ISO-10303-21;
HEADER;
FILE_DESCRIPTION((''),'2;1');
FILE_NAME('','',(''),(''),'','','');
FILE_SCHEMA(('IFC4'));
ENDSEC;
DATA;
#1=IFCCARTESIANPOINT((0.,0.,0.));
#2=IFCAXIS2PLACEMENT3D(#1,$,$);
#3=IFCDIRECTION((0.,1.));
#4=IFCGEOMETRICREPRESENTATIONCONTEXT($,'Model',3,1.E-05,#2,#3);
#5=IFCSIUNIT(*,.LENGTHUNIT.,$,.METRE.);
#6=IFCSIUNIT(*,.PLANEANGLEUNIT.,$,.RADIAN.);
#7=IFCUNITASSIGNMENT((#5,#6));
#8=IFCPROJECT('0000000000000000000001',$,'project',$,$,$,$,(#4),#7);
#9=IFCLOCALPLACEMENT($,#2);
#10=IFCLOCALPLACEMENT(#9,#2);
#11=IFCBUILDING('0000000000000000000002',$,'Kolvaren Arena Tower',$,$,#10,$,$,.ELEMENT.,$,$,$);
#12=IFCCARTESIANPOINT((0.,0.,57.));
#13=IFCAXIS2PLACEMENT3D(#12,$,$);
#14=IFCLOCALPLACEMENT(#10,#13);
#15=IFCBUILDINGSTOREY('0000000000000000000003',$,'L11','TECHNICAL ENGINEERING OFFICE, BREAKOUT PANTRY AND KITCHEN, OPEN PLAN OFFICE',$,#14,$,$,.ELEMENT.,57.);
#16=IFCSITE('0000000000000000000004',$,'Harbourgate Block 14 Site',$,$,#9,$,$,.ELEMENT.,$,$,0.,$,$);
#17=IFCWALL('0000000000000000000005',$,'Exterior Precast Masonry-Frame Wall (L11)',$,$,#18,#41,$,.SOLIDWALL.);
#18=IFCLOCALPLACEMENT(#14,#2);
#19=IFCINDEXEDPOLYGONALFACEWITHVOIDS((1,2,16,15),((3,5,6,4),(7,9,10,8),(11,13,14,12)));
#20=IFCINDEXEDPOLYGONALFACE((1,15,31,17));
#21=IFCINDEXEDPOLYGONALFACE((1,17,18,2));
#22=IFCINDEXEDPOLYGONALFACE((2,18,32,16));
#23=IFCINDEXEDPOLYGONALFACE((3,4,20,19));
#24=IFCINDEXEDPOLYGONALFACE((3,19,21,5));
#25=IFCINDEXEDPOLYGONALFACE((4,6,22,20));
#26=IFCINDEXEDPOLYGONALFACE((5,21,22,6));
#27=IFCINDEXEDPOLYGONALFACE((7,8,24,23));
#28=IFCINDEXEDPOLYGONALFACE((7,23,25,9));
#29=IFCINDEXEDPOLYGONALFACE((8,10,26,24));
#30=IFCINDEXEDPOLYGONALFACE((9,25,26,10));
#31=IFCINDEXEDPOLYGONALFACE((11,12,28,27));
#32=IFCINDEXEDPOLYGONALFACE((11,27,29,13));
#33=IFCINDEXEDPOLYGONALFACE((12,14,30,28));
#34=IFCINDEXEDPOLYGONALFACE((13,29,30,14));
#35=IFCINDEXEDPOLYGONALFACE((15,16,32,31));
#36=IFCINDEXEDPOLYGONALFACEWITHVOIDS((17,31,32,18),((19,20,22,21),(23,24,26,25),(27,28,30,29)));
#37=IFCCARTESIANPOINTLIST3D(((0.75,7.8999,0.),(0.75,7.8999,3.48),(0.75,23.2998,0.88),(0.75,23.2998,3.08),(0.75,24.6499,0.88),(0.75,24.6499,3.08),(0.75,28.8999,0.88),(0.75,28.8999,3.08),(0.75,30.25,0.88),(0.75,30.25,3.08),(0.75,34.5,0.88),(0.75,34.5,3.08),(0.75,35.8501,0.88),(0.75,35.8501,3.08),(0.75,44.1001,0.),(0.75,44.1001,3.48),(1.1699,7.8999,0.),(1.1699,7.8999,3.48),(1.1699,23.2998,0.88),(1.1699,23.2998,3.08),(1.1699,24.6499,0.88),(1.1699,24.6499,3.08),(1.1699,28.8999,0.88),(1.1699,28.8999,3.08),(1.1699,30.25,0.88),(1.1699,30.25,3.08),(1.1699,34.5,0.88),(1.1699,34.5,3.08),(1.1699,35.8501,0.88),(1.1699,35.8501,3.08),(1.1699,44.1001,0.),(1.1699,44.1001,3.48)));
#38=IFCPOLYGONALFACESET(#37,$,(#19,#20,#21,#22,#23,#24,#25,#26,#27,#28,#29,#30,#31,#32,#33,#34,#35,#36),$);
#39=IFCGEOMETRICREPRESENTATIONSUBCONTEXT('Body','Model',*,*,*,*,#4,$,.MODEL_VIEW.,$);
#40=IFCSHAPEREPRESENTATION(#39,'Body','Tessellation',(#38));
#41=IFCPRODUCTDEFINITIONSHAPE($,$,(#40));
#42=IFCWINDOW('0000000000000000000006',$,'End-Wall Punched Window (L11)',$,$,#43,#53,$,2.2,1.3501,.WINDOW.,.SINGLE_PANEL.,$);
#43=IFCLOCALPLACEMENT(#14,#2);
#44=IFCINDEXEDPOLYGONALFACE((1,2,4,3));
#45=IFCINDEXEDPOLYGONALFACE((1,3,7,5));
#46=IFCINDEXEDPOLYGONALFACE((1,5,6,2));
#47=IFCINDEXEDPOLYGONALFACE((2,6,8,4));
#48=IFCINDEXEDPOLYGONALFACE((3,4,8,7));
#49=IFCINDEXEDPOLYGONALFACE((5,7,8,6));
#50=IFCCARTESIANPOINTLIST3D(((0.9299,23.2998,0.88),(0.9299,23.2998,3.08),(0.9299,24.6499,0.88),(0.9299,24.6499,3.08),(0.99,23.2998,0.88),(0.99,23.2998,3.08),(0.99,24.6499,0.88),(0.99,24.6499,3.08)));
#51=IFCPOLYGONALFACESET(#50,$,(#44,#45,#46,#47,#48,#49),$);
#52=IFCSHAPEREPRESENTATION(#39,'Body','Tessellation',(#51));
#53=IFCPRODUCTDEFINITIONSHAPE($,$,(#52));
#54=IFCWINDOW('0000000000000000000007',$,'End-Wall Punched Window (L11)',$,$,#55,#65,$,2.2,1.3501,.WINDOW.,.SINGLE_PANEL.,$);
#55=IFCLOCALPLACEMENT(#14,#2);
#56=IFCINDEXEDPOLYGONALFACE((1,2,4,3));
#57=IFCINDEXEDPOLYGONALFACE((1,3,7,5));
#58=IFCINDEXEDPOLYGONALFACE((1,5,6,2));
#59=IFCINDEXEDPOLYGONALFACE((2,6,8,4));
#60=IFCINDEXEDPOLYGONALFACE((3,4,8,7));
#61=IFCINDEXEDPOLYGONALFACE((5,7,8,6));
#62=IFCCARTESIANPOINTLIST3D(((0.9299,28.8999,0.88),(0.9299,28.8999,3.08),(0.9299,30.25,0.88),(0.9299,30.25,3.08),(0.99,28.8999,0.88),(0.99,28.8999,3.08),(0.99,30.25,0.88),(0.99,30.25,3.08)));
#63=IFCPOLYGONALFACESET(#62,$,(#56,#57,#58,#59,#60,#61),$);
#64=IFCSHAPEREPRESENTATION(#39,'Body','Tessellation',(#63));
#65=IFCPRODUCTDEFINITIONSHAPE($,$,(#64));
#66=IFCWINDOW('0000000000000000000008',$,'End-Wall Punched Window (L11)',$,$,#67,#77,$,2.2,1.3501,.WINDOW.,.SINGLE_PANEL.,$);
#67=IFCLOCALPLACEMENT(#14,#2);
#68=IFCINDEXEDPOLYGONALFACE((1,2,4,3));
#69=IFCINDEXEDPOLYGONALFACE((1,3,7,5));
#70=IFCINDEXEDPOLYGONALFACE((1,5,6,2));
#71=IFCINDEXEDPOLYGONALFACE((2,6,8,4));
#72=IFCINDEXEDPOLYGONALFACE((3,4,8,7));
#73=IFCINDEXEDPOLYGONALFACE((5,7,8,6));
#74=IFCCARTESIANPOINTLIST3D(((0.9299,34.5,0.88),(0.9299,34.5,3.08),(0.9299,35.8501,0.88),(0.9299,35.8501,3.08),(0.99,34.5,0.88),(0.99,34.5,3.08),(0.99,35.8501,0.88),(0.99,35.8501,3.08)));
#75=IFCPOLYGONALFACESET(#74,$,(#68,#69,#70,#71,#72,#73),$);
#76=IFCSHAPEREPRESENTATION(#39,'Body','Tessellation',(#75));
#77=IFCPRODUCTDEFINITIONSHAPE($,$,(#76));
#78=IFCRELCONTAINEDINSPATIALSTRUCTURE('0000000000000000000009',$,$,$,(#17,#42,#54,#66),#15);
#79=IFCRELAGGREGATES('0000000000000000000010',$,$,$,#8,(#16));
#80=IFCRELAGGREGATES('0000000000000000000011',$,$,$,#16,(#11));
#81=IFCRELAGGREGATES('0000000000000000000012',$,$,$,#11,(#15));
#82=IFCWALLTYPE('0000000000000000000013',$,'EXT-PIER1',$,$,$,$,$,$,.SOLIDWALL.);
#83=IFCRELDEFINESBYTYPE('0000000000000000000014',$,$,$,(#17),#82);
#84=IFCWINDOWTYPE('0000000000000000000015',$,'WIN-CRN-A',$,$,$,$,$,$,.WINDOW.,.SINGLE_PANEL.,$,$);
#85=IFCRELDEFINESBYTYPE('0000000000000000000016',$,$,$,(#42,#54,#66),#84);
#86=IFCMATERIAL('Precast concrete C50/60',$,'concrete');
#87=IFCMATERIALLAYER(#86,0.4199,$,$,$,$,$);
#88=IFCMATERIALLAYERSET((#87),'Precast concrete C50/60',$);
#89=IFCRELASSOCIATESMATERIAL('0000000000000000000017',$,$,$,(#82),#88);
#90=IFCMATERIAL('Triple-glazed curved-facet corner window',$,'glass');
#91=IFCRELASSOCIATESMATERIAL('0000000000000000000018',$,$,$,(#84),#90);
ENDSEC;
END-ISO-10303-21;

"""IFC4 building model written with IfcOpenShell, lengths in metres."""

from ifc_helpers import new_model, si_unit, direction, frame, frame_2d, origin, place, context, subcontext, project, spatial, rectangle, extrude, material, layer, layer_set, type_object, element, fill, save


model = new_model("IFC4")

# Units and contexts
model_context = context("Model", 3, precision=1e-05, world=origin(), true_north=direction((0.0, 1.0)))
body_context = subcontext(model_context, "Body", "Model", "MODEL_VIEW")
ifc_project = project(units=[si_unit("LENGTHUNIT", "METRE"), si_unit("PLANEANGLEUNIT", "RADIAN")], contexts=[model_context])

# Site, building, storey
site_placement = place(None, origin())
site = spatial("IfcSite", under=ifc_project, at=site_placement, Name="Harbourgate Block 14 Site", CompositionType="ELEMENT", RefElevation=0.0)
building_placement = place(site_placement, origin())
building = spatial("IfcBuilding", under=site, at=building_placement, Name="Kolvaren Arena Tower", CompositionType="ELEMENT")
storey_placement = place(building_placement, frame((0.0, 0.0, 57.0)))
storey = spatial("IfcBuildingStorey", under=building, at=storey_placement, Name="L11", Description="TECHNICAL ENGINEERING OFFICE, BREAKOUT PANTRY AND KITCHEN, OPEN PLAN OFFICE", CompositionType="ELEMENT", Elevation=57.0)

# Wall, openings, windows
ifc_material_1 = material(Name="Precast concrete C50/60", Category="concrete")
ifc_layer_1 = layer(ifc_material_1, 0.4199)
ifc_layer_set_1 = layer_set([ifc_layer_1], Name="Precast concrete C50/60")
wall_type_1 = type_object("IfcWallType", Name="EXT-PIER1", PredefinedType="SOLIDWALL", material=ifc_layer_set_1)
wall_1_placement = place(storey_placement, frame((0.96, 7.8999, 0.0), z_axis=(0.0, 0.0, 1.0), x_axis=(0.0, 1.0, 0.0)))
wall_1 = element("IfcWall", 1, at=wall_1_placement, inside=storey, type_object=wall_type_1, Name="Exterior Precast Masonry-Frame Wall (L11)", PredefinedType="SOLIDWALL", context=body_context, shape_type="SweptSolid", body=[
    extrude(rectangle(XDim=36.2002, YDim=0.4199, at=frame_2d((18.1001, 0.0))), origin(), (0.0, 0.0, 1.0), 3.48),
])
opening_1_placement = place(wall_1_placement, frame((15.3999, 0.0, 0.8799)))
opening_1 = element("IfcOpeningElement", 2, at=opening_1_placement, cuts=wall_1, PredefinedType="OPENING", context=body_context, shape_type="SweptSolid", body=[
    extrude(rectangle(XDim=1.3501, YDim=2.2, at=frame_2d((0.675, 1.1001))), frame((0.0, 0.22, 0.0), z_axis=(0.0, -1.0, 0.0), x_axis=(1.0, 0.0, 0.0)), (0.0, 0.0, 1.0), 0.4399),
])
opening_2_placement = place(wall_1_placement, frame((21.0, 0.0, 0.8799)))
opening_2 = element("IfcOpeningElement", 3, at=opening_2_placement, cuts=wall_1, PredefinedType="OPENING", context=body_context, shape_type="SweptSolid", body=[
    extrude(rectangle(XDim=1.3501, YDim=2.2, at=frame_2d((0.675, 1.1001))), frame((0.0, 0.22, 0.0), z_axis=(0.0, -1.0, 0.0), x_axis=(1.0, 0.0, 0.0)), (0.0, 0.0, 1.0), 0.4399),
])
opening_3_placement = place(wall_1_placement, frame((26.6001, 0.0, 0.8799)))
opening_3 = element("IfcOpeningElement", 4, at=opening_3_placement, cuts=wall_1, PredefinedType="OPENING", context=body_context, shape_type="SweptSolid", body=[
    extrude(rectangle(XDim=1.3501, YDim=2.2, at=frame_2d((0.675, 1.1001))), frame((0.0, 0.22, 0.0), z_axis=(0.0, -1.0, 0.0), x_axis=(1.0, 0.0, 0.0)), (0.0, 0.0, 1.0), 0.4399),
])
ifc_material_2 = material(Name="Triple-glazed curved-facet corner window", Category="glass")
window_type = type_object("IfcWindowType", Name="WIN-CRN-A", PartitioningType="SINGLE_PANEL", PredefinedType="WINDOW", material=ifc_material_2)
window_1_placement = place(opening_1_placement, origin())
window_1 = element("IfcWindow", 5, at=window_1_placement, inside=storey, type_object=window_type, Name="End-Wall Punched Window (L11)", OverallHeight=2.2, OverallWidth=1.3501, PartitioningType="SINGLE_PANEL", PredefinedType="WINDOW", context=body_context, shape_type="SweptSolid", body=[
    extrude(rectangle(XDim=1.3501, YDim=2.2, at=frame_2d((0.675, 1.1001))), frame((0.0, 0.03, 0.0), z_axis=(0.0, -1.0, 0.0), x_axis=(1.0, 0.0, 0.0)), (0.0, 0.0, 1.0), 0.0601),
])
fill(opening_1, window_1)
window_2_placement = place(opening_2_placement, origin())
window_2 = element("IfcWindow", 6, at=window_2_placement, inside=storey, type_object=window_type, Name="End-Wall Punched Window (L11)", OverallHeight=2.2, OverallWidth=1.3501, PartitioningType="SINGLE_PANEL", PredefinedType="WINDOW", context=body_context, shape_type="SweptSolid", body=[
    extrude(rectangle(XDim=1.3501, YDim=2.2, at=frame_2d((0.675, 1.1001))), frame((0.0, 0.03, 0.0), z_axis=(0.0, -1.0, 0.0), x_axis=(1.0, 0.0, 0.0)), (0.0, 0.0, 1.0), 0.0601),
])
fill(opening_2, window_2)
window_3_placement = place(opening_3_placement, origin())
window_3 = element("IfcWindow", 7, at=window_3_placement, inside=storey, type_object=window_type, Name="End-Wall Punched Window (L11)", OverallHeight=2.2, OverallWidth=1.3501, PartitioningType="SINGLE_PANEL", PredefinedType="WINDOW", context=body_context, shape_type="SweptSolid", body=[
    extrude(rectangle(XDim=1.3501, YDim=2.2, at=frame_2d((0.675, 1.1001))), frame((0.0, 0.03, 0.0), z_axis=(0.0, -1.0, 0.0), x_axis=(1.0, 0.0, 0.0)), (0.0, 0.0, 1.0), 0.0601),
])
fill(opening_3, window_3)

save(model, "model.ifc")
